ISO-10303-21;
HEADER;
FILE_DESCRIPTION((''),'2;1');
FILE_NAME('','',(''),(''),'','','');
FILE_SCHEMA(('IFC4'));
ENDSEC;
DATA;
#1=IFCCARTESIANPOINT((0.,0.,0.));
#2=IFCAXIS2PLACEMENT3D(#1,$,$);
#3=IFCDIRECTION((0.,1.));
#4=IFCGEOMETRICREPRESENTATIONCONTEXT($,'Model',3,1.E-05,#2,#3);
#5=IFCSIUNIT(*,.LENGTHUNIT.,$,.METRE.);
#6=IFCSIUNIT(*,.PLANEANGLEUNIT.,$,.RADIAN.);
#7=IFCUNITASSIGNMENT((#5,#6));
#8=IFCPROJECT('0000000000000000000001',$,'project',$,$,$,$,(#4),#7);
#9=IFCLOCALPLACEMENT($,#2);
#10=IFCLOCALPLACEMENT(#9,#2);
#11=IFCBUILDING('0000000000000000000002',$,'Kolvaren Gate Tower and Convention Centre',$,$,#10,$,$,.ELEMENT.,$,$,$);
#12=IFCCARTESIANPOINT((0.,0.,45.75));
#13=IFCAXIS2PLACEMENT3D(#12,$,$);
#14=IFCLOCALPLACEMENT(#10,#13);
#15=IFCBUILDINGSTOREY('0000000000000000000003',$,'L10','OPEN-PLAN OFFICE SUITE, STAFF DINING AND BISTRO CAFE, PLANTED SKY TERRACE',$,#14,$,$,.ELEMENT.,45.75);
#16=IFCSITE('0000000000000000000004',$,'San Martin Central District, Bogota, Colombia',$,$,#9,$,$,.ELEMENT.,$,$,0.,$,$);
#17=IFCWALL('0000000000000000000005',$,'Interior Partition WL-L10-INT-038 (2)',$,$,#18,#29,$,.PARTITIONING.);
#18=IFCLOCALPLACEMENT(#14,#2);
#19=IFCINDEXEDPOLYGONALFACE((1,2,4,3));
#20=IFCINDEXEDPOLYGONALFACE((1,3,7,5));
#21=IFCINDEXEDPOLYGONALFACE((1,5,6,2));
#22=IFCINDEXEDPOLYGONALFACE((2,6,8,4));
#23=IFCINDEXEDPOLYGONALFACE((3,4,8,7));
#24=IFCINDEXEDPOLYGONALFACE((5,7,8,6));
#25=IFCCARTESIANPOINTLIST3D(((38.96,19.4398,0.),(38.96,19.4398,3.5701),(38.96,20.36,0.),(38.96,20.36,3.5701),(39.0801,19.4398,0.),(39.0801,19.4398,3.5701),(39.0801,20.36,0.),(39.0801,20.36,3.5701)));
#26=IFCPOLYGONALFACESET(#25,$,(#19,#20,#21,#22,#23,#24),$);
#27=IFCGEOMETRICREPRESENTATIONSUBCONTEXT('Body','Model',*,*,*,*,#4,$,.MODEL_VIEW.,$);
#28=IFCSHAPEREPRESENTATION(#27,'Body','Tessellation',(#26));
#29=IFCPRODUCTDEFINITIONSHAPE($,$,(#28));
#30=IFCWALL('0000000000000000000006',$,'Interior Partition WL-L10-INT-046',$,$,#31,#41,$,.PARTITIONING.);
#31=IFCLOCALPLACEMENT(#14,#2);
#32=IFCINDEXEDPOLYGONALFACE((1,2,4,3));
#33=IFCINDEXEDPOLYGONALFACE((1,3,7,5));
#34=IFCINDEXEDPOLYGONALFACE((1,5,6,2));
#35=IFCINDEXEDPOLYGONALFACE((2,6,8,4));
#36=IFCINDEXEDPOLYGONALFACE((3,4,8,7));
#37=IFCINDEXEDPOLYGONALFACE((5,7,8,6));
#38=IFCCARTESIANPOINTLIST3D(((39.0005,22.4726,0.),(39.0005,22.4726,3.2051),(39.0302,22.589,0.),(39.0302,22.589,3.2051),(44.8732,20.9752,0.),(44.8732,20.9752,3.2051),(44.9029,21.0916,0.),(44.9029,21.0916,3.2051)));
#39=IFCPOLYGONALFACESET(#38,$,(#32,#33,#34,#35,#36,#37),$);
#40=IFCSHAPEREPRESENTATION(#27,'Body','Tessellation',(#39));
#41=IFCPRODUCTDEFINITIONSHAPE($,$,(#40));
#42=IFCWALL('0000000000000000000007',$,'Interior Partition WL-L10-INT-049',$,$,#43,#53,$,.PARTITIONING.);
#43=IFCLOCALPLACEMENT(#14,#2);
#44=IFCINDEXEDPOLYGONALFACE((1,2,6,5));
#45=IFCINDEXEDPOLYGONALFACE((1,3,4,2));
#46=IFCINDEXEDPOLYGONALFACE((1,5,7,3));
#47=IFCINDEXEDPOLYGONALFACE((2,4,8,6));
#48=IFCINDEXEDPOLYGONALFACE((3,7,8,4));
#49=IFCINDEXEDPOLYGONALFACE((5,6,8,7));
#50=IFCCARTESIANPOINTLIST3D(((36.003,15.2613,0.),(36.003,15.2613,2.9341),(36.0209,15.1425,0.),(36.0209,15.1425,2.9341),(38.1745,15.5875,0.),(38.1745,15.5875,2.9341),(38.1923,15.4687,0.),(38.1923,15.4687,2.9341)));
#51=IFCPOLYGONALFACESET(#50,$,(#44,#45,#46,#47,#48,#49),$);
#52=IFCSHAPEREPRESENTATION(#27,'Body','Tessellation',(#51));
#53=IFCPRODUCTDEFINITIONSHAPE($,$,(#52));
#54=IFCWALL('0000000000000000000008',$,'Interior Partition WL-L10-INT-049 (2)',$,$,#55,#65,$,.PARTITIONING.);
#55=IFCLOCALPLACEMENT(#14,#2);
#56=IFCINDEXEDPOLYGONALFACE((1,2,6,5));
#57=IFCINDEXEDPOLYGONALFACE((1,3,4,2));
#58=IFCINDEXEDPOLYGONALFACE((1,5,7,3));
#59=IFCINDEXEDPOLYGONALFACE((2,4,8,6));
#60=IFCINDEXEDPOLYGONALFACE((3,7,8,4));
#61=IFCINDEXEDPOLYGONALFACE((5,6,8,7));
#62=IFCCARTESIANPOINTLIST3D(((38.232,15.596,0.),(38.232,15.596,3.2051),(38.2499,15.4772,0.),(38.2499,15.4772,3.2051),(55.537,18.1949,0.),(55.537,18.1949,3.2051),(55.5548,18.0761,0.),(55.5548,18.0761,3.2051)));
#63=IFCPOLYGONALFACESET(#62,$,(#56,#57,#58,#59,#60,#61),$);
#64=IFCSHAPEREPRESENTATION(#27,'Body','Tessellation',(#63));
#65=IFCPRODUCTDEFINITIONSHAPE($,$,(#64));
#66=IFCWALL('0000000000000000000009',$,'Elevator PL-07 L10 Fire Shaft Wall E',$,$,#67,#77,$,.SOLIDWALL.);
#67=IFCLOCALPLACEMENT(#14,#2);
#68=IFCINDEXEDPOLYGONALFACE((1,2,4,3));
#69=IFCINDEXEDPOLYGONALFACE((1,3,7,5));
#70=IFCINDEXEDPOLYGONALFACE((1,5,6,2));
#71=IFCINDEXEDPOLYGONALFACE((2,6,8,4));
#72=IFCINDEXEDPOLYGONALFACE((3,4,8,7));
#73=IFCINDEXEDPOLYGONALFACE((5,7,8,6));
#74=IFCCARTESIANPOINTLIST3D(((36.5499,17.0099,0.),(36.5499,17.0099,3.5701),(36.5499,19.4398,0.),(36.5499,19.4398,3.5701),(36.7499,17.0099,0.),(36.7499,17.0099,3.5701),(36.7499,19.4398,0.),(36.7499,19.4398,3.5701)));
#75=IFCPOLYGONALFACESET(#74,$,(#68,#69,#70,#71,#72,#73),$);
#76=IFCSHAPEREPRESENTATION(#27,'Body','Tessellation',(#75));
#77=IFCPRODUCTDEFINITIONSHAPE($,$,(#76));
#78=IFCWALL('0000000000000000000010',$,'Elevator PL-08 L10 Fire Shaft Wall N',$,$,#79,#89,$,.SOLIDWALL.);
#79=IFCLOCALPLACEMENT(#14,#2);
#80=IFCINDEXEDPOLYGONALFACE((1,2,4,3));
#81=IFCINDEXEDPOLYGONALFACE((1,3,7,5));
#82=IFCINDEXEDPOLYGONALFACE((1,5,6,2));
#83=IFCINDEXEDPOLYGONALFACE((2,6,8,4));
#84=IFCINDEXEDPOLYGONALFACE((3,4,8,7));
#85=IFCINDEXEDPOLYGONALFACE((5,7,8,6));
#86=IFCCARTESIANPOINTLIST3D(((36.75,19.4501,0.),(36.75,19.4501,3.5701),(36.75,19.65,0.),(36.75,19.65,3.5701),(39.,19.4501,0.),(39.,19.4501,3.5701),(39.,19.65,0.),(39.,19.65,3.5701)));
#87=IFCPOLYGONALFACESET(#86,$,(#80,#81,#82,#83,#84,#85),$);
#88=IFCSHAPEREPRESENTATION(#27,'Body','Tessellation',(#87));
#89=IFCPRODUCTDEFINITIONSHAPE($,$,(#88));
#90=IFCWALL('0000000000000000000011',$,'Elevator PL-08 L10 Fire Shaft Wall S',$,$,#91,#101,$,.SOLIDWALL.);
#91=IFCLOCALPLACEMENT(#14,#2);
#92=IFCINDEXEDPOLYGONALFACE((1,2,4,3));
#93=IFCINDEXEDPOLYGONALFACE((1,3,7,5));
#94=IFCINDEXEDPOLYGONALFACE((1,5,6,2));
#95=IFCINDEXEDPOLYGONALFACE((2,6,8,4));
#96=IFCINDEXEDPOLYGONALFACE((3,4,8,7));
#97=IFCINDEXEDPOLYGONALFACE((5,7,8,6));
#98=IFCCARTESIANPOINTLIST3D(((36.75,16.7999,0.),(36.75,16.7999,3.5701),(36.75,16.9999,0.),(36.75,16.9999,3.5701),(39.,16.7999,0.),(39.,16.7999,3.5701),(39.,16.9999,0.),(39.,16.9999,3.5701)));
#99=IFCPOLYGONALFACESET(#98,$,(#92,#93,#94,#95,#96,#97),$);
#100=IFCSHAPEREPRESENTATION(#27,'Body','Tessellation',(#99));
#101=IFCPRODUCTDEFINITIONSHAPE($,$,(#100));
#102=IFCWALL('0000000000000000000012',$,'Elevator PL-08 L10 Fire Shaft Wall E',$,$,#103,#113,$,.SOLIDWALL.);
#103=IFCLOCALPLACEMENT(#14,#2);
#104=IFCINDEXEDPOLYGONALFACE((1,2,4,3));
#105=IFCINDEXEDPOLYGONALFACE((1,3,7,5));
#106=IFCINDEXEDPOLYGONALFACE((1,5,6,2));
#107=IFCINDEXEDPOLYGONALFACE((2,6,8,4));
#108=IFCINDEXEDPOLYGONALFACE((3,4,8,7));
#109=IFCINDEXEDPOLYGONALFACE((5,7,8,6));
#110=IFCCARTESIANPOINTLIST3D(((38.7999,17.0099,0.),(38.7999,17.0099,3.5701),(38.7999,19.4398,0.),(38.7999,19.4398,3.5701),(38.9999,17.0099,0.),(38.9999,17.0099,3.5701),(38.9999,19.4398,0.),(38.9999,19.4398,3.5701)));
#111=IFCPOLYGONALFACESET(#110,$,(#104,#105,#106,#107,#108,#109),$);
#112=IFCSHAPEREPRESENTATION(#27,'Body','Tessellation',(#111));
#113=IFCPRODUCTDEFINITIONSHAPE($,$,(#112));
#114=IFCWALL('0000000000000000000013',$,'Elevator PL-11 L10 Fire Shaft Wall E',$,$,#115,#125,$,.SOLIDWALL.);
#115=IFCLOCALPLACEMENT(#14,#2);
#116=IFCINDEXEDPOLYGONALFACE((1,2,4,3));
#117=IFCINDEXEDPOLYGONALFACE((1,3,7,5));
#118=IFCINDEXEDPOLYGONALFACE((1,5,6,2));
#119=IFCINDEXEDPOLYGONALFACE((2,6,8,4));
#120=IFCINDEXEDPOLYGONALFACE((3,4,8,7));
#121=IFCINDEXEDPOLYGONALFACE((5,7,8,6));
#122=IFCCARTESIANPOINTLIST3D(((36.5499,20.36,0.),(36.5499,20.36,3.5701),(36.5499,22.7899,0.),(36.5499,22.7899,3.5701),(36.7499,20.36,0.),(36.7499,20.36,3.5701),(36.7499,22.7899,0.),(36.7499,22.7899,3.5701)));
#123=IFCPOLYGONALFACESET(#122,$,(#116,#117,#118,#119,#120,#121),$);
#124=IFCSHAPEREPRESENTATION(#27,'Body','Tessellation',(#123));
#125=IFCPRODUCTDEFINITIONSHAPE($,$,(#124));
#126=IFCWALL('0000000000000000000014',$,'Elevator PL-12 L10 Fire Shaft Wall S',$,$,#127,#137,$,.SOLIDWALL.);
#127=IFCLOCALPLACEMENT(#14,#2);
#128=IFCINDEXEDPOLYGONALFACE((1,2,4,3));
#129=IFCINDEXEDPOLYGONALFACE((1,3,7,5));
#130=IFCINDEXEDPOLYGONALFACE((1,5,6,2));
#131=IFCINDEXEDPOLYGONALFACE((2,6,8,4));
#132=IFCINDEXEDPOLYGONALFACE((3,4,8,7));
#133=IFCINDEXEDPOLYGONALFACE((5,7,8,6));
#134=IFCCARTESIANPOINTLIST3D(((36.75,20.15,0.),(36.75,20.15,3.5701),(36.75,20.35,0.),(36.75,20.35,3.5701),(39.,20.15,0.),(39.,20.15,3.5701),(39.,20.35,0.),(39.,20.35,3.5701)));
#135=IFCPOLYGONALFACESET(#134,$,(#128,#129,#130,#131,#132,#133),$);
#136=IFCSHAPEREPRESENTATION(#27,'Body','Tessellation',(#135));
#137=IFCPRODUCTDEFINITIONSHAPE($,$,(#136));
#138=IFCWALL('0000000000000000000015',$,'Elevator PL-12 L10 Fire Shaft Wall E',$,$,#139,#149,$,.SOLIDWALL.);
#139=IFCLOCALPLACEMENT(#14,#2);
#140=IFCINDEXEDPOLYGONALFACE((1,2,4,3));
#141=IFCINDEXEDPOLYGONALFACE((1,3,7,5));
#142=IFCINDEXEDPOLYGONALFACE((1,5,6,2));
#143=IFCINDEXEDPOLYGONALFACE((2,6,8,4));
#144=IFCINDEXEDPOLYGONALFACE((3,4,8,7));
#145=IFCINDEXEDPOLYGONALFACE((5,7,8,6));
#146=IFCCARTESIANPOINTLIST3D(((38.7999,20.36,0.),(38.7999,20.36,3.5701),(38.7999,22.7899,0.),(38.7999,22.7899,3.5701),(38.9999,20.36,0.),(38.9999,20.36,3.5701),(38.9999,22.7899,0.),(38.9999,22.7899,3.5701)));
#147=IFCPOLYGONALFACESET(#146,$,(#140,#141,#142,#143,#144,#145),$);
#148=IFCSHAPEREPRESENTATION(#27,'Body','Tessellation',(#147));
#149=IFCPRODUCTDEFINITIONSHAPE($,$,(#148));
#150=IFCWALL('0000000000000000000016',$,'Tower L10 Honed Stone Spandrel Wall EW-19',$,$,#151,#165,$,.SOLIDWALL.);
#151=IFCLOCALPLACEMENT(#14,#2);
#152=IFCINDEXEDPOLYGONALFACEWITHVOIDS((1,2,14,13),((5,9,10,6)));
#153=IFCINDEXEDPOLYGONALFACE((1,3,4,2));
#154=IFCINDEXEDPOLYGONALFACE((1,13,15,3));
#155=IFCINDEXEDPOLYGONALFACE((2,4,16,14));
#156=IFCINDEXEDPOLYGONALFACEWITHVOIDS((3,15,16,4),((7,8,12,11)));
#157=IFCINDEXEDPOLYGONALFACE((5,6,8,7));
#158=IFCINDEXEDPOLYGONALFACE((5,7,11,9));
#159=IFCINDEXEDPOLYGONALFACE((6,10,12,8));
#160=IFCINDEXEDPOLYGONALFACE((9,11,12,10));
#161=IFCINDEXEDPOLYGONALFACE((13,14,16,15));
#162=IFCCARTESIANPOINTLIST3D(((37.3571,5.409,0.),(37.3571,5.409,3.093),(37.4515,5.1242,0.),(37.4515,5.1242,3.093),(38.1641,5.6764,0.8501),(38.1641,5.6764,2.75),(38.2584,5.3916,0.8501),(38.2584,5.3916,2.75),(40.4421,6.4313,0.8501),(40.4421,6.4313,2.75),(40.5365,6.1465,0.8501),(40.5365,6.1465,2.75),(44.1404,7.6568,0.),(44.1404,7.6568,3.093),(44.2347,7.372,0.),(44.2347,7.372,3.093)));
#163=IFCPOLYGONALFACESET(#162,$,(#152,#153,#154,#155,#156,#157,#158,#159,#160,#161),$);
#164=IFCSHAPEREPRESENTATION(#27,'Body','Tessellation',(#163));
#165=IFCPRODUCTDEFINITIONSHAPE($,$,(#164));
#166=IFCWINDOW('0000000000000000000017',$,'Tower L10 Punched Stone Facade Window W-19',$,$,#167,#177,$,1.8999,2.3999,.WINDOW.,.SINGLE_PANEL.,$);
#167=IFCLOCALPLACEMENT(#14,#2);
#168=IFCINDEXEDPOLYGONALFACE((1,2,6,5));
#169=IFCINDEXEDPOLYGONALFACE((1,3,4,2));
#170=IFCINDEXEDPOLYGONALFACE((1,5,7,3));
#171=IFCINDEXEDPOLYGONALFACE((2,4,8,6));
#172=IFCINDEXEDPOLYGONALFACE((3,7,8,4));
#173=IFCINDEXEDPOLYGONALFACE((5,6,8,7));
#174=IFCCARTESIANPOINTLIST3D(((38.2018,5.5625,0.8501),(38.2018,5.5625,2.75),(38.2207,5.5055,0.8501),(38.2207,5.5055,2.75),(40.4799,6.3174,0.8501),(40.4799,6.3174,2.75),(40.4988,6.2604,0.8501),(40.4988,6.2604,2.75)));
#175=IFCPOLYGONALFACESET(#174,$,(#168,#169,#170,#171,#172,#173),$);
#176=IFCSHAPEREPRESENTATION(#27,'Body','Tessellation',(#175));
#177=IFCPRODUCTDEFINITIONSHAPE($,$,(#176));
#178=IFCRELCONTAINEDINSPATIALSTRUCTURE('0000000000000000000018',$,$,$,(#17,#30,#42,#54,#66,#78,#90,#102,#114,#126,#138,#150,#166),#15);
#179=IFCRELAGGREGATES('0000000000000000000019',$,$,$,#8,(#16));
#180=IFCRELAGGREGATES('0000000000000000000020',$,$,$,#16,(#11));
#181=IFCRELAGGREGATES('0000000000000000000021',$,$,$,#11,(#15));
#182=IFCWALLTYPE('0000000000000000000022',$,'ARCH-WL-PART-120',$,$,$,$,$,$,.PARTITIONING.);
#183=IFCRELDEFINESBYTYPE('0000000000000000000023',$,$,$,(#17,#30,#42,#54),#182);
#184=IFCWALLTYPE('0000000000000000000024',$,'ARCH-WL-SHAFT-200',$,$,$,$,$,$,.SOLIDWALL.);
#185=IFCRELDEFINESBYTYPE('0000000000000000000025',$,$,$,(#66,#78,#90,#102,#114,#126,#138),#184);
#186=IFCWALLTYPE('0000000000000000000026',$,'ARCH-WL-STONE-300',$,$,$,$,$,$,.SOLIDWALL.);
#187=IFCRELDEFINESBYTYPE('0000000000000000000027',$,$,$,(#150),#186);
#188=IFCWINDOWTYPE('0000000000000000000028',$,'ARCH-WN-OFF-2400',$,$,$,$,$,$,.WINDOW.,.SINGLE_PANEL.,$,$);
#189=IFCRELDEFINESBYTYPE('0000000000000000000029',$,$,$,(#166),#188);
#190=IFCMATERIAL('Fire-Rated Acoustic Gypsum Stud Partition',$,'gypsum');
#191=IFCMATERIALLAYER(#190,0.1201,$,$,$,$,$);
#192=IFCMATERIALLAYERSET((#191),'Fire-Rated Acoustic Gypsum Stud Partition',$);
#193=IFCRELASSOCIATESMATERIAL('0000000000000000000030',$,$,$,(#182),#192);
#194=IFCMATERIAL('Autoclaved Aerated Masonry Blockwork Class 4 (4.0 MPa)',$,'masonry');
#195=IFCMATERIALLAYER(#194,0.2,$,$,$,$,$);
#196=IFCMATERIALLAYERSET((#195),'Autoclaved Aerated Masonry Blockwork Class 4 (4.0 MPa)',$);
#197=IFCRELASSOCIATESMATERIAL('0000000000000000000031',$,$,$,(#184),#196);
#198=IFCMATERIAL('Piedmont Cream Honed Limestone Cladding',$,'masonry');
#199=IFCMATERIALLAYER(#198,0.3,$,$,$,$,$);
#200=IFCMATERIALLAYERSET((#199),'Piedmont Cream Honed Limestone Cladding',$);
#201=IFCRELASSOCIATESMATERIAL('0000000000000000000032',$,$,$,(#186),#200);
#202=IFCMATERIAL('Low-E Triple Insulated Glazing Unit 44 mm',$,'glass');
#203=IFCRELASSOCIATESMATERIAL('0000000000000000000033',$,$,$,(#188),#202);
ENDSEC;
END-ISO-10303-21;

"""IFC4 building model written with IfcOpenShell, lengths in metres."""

from ifc_helpers import new_model, si_unit, direction, frame, frame_2d, origin, place, context, subcontext, project, spatial, rectangle, extrude, material, layer, layer_set, type_object, element, fill, save


model = new_model("IFC4")

# Units and contexts
model_context = context("Model", 3, precision=1e-05, world=origin(), true_north=direction((0.0, 1.0)))
body_context = subcontext(model_context, "Body", "Model", "MODEL_VIEW")
ifc_project = project(units=[si_unit("LENGTHUNIT", "METRE"), si_unit("PLANEANGLEUNIT", "RADIAN")], contexts=[model_context])

# Site, building, storey
site_placement = place(None, origin())
site = spatial("IfcSite", under=ifc_project, at=site_placement, Name="San Martin Central District, Bogota, Colombia", CompositionType="ELEMENT", RefElevation=0.0)
building_placement = place(site_placement, origin())
building = spatial("IfcBuilding", under=site, at=building_placement, Name="Kolvaren Gate Tower and Convention Centre", CompositionType="ELEMENT")
storey_placement = place(building_placement, frame((0.0, 0.0, 45.75)))
storey = spatial("IfcBuildingStorey", under=building, at=storey_placement, Name="L10", Description="OPEN-PLAN OFFICE SUITE, STAFF DINING AND BISTRO CAFE, PLANTED SKY TERRACE", CompositionType="ELEMENT", Elevation=45.75)

# Walls
ifc_material_1 = material(Name="Fire-Rated Acoustic Gypsum Stud Partition", Category="gypsum")
ifc_layer_1 = layer(ifc_material_1, 0.1201)
ifc_layer_set_1 = layer_set([ifc_layer_1], Name="Fire-Rated Acoustic Gypsum Stud Partition")
wall_type_1 = type_object("IfcWallType", Name="ARCH-WL-PART-120", PredefinedType="PARTITIONING", material=ifc_layer_set_1)
wall_1_placement = place(storey_placement, frame((39.02, 19.4399, 0.0), z_axis=(0.0, 0.0, 1.0), x_axis=(0.0, 1.0, 0.0)))
element("IfcWall", 1, at=wall_1_placement, inside=storey, type_object=wall_type_1, Name="Interior Partition WL-L10-INT-038 (2)", PredefinedType="PARTITIONING", context=body_context, shape_type="SweptSolid", body=[
    extrude(rectangle(XDim=0.9202, YDim=0.1201, at=frame_2d((0.46, 0.0))), origin(), (0.0, 0.0, 1.0), 3.5701),
])
wall_2_placement = place(storey_placement, frame((39.0154, 22.5308, 0.0), z_axis=(0.0, 0.0, 1.0), x_axis=(0.968999, -0.247064, 0.0)))
element("IfcWall", 2, at=wall_2_placement, inside=storey, type_object=wall_type_1, Name="Interior Partition WL-L10-INT-046", PredefinedType="PARTITIONING", context=body_context, shape_type="SweptSolid", body=[
    extrude(rectangle(XDim=6.0605, YDim=0.1201, at=frame_2d((3.0303, 0.0))), origin(), (0.0, 0.0, 1.0), 3.2051),
])
wall_3_placement = place(storey_placement, frame((36.012, 15.2019, 0.0), z_axis=(0.0, 0.0, 1.0), x_axis=(0.988905, 0.148547, 0.0)))
element("IfcWall", 3, at=wall_3_placement, inside=storey, type_object=wall_type_1, Name="Interior Partition WL-L10-INT-049", PredefinedType="PARTITIONING", context=body_context, shape_type="SweptSolid", body=[
    extrude(rectangle(XDim=2.1958, YDim=0.1201, at=frame_2d((1.0979, 0.0))), origin(), (0.0, 0.0, 1.0), 2.9341),
])
wall_4_placement = place(storey_placement, frame((38.241, 15.5366, 0.0), z_axis=(0.0, 0.0, 1.0), x_axis=(0.98891, 0.148516, 0.0)))
element("IfcWall", 4, at=wall_4_placement, inside=storey, type_object=wall_type_1, Name="Interior Partition WL-L10-INT-049 (2)", PredefinedType="PARTITIONING", context=body_context, shape_type="SweptSolid", body=[
    extrude(rectangle(XDim=17.499, YDim=0.1201, at=frame_2d((8.7495, 0.0))), origin(), (0.0, 0.0, 1.0), 3.2051),
])
ifc_material_2 = material(Name="Autoclaved Aerated Masonry Blockwork Class 4 (4.0 MPa)", Category="masonry")
ifc_layer_2 = layer(ifc_material_2, 0.2)
ifc_layer_set_2 = layer_set([ifc_layer_2], Name="Autoclaved Aerated Masonry Blockwork Class 4 (4.0 MPa)")
wall_type_2 = type_object("IfcWallType", Name="ARCH-WL-SHAFT-200", PredefinedType="SOLIDWALL", material=ifc_layer_set_2)
wall_5_placement = place(storey_placement, frame((36.6499, 17.01, 0.0), z_axis=(0.0, 0.0, 1.0), x_axis=(0.0, 1.0, 0.0)))
element("IfcWall", 5, at=wall_5_placement, inside=storey, type_object=wall_type_2, Name="Elevator PL-07 L10 Fire Shaft Wall E", PredefinedType="SOLIDWALL", context=body_context, shape_type="SweptSolid", body=[
    extrude(rectangle(XDim=2.4299, YDim=0.2, at=frame_2d((1.2148, 0.0))), origin(), (0.0, 0.0, 1.0), 3.5701),
])
for number, where, z_axis, x_axis, name in (
    (6, (36.75, 19.55, 0.0), (0.0, 0.0, 1.0), (1.0, 0.0, 0.0), "Elevator PL-08 L10 Fire Shaft Wall N"),
    (7, (36.75, 16.8999, 0.0), (0.0, 0.0, 1.0), (1.0, 0.0, 0.0), "Elevator PL-08 L10 Fire Shaft Wall S"),
):
    element("IfcWall", number, at=place(storey_placement, frame(where, z_axis=z_axis, x_axis=x_axis)), inside=storey, type_object=wall_type_2, Name=name, PredefinedType="SOLIDWALL", context=body_context, shape_type="SweptSolid", body=[
        extrude(rectangle(XDim=2.25, YDim=0.2, at=frame_2d((1.125, 0.0))), origin(), (0.0, 0.0, 1.0), 3.5701),
    ])
for number, where, z_axis, x_axis, name in (
    (8, (38.8999, 17.01, 0.0), (0.0, 0.0, 1.0), (0.0, 1.0, 0.0), "Elevator PL-08 L10 Fire Shaft Wall E"),
    (9, (36.6499, 20.3601, 0.0), (0.0, 0.0, 1.0), (0.0, 1.0, 0.0), "Elevator PL-11 L10 Fire Shaft Wall E"),
):
    element("IfcWall", number, at=place(storey_placement, frame(where, z_axis=z_axis, x_axis=x_axis)), inside=storey, type_object=wall_type_2, Name=name, PredefinedType="SOLIDWALL", context=body_context, shape_type="SweptSolid", body=[
        extrude(rectangle(XDim=2.4299, YDim=0.2, at=frame_2d((1.2148, 0.0))), origin(), (0.0, 0.0, 1.0), 3.5701),
    ])
wall_6_placement = place(storey_placement, frame((36.75, 20.25, 0.0), z_axis=(0.0, 0.0, 1.0), x_axis=(1.0, 0.0, 0.0)))
element("IfcWall", 10, at=wall_6_placement, inside=storey, type_object=wall_type_2, Name="Elevator PL-12 L10 Fire Shaft Wall S", PredefinedType="SOLIDWALL", context=body_context, shape_type="SweptSolid", body=[
    extrude(rectangle(XDim=2.25, YDim=0.2, at=frame_2d((1.125, 0.0))), origin(), (0.0, 0.0, 1.0), 3.5701),
])
wall_7_placement = place(storey_placement, frame((38.8999, 20.3601, 0.0), z_axis=(0.0, 0.0, 1.0), x_axis=(0.0, 1.0, 0.0)))
element("IfcWall", 11, at=wall_7_placement, inside=storey, type_object=wall_type_2, Name="Elevator PL-12 L10 Fire Shaft Wall E", PredefinedType="SOLIDWALL", context=body_context, shape_type="SweptSolid", body=[
    extrude(rectangle(XDim=2.4299, YDim=0.2, at=frame_2d((1.2148, 0.0))), origin(), (0.0, 0.0, 1.0), 3.5701),
])

# Wall, opening, window
ifc_material_3 = material(Name="Piedmont Cream Honed Limestone Cladding", Category="masonry")
ifc_layer_3 = layer(ifc_material_3, 0.3)
ifc_layer_set_3 = layer_set([ifc_layer_3], Name="Piedmont Cream Honed Limestone Cladding")
wall_type_3 = type_object("IfcWallType", Name="ARCH-WL-STONE-300", PredefinedType="SOLIDWALL", material=ifc_layer_set_3)
wall_8_placement = place(storey_placement, frame((37.4043, 5.2666, 0.0), z_axis=(0.0, 0.0, 1.0), x_axis=(0.949239, 0.314557, 0.0)))
wall_8 = element("IfcWall", 12, at=wall_8_placement, inside=storey, type_object=wall_type_3, Name="Tower L10 Honed Stone Spandrel Wall EW-19", PredefinedType="SOLIDWALL", context=body_context, shape_type="SweptSolid", body=[
    extrude(rectangle(XDim=7.146, YDim=0.3, at=frame_2d((3.573, 0.0))), origin(), (0.0, 0.0, 1.0), 3.093),
])
opening_placement = place(wall_8_placement, frame((0.8501, 0.0, 0.8501)))
opening = element("IfcOpeningElement", 13, at=opening_placement, cuts=wall_8, PredefinedType="OPENING", context=body_context, shape_type="SweptSolid", body=[
    extrude(rectangle(XDim=2.3999, YDim=1.8999, at=frame_2d((1.2, 0.95))), frame((0.0, 0.1599, 0.0), z_axis=(0.0, -1.0, 0.0), x_axis=(1.0, 0.0, 0.0)), (0.0, 0.0, 1.0), 0.3201),
])
ifc_material_4 = material(Name="Low-E Triple Insulated Glazing Unit 44 mm", Category="glass")
window_type = type_object("IfcWindowType", Name="ARCH-WN-OFF-2400", PartitioningType="SINGLE_PANEL", PredefinedType="WINDOW", material=ifc_material_4)
window_placement = place(opening_placement, origin())
window = element("IfcWindow", 14, at=window_placement, inside=storey, type_object=window_type, Name="Tower L10 Punched Stone Facade Window W-19", OverallHeight=1.8999, OverallWidth=2.3999, PartitioningType="SINGLE_PANEL", PredefinedType="WINDOW", context=body_context, shape_type="SweptSolid", body=[
    extrude(rectangle(XDim=2.3999, YDim=1.8999, at=frame_2d((1.2, 0.95))), frame((0.0, 0.03, 0.0), z_axis=(0.0, -1.0, 0.0), x_axis=(1.0, 0.0, 0.0)), (0.0, 0.0, 1.0), 0.0601),
])
fill(opening, window)

save(model, "model.ifc")
